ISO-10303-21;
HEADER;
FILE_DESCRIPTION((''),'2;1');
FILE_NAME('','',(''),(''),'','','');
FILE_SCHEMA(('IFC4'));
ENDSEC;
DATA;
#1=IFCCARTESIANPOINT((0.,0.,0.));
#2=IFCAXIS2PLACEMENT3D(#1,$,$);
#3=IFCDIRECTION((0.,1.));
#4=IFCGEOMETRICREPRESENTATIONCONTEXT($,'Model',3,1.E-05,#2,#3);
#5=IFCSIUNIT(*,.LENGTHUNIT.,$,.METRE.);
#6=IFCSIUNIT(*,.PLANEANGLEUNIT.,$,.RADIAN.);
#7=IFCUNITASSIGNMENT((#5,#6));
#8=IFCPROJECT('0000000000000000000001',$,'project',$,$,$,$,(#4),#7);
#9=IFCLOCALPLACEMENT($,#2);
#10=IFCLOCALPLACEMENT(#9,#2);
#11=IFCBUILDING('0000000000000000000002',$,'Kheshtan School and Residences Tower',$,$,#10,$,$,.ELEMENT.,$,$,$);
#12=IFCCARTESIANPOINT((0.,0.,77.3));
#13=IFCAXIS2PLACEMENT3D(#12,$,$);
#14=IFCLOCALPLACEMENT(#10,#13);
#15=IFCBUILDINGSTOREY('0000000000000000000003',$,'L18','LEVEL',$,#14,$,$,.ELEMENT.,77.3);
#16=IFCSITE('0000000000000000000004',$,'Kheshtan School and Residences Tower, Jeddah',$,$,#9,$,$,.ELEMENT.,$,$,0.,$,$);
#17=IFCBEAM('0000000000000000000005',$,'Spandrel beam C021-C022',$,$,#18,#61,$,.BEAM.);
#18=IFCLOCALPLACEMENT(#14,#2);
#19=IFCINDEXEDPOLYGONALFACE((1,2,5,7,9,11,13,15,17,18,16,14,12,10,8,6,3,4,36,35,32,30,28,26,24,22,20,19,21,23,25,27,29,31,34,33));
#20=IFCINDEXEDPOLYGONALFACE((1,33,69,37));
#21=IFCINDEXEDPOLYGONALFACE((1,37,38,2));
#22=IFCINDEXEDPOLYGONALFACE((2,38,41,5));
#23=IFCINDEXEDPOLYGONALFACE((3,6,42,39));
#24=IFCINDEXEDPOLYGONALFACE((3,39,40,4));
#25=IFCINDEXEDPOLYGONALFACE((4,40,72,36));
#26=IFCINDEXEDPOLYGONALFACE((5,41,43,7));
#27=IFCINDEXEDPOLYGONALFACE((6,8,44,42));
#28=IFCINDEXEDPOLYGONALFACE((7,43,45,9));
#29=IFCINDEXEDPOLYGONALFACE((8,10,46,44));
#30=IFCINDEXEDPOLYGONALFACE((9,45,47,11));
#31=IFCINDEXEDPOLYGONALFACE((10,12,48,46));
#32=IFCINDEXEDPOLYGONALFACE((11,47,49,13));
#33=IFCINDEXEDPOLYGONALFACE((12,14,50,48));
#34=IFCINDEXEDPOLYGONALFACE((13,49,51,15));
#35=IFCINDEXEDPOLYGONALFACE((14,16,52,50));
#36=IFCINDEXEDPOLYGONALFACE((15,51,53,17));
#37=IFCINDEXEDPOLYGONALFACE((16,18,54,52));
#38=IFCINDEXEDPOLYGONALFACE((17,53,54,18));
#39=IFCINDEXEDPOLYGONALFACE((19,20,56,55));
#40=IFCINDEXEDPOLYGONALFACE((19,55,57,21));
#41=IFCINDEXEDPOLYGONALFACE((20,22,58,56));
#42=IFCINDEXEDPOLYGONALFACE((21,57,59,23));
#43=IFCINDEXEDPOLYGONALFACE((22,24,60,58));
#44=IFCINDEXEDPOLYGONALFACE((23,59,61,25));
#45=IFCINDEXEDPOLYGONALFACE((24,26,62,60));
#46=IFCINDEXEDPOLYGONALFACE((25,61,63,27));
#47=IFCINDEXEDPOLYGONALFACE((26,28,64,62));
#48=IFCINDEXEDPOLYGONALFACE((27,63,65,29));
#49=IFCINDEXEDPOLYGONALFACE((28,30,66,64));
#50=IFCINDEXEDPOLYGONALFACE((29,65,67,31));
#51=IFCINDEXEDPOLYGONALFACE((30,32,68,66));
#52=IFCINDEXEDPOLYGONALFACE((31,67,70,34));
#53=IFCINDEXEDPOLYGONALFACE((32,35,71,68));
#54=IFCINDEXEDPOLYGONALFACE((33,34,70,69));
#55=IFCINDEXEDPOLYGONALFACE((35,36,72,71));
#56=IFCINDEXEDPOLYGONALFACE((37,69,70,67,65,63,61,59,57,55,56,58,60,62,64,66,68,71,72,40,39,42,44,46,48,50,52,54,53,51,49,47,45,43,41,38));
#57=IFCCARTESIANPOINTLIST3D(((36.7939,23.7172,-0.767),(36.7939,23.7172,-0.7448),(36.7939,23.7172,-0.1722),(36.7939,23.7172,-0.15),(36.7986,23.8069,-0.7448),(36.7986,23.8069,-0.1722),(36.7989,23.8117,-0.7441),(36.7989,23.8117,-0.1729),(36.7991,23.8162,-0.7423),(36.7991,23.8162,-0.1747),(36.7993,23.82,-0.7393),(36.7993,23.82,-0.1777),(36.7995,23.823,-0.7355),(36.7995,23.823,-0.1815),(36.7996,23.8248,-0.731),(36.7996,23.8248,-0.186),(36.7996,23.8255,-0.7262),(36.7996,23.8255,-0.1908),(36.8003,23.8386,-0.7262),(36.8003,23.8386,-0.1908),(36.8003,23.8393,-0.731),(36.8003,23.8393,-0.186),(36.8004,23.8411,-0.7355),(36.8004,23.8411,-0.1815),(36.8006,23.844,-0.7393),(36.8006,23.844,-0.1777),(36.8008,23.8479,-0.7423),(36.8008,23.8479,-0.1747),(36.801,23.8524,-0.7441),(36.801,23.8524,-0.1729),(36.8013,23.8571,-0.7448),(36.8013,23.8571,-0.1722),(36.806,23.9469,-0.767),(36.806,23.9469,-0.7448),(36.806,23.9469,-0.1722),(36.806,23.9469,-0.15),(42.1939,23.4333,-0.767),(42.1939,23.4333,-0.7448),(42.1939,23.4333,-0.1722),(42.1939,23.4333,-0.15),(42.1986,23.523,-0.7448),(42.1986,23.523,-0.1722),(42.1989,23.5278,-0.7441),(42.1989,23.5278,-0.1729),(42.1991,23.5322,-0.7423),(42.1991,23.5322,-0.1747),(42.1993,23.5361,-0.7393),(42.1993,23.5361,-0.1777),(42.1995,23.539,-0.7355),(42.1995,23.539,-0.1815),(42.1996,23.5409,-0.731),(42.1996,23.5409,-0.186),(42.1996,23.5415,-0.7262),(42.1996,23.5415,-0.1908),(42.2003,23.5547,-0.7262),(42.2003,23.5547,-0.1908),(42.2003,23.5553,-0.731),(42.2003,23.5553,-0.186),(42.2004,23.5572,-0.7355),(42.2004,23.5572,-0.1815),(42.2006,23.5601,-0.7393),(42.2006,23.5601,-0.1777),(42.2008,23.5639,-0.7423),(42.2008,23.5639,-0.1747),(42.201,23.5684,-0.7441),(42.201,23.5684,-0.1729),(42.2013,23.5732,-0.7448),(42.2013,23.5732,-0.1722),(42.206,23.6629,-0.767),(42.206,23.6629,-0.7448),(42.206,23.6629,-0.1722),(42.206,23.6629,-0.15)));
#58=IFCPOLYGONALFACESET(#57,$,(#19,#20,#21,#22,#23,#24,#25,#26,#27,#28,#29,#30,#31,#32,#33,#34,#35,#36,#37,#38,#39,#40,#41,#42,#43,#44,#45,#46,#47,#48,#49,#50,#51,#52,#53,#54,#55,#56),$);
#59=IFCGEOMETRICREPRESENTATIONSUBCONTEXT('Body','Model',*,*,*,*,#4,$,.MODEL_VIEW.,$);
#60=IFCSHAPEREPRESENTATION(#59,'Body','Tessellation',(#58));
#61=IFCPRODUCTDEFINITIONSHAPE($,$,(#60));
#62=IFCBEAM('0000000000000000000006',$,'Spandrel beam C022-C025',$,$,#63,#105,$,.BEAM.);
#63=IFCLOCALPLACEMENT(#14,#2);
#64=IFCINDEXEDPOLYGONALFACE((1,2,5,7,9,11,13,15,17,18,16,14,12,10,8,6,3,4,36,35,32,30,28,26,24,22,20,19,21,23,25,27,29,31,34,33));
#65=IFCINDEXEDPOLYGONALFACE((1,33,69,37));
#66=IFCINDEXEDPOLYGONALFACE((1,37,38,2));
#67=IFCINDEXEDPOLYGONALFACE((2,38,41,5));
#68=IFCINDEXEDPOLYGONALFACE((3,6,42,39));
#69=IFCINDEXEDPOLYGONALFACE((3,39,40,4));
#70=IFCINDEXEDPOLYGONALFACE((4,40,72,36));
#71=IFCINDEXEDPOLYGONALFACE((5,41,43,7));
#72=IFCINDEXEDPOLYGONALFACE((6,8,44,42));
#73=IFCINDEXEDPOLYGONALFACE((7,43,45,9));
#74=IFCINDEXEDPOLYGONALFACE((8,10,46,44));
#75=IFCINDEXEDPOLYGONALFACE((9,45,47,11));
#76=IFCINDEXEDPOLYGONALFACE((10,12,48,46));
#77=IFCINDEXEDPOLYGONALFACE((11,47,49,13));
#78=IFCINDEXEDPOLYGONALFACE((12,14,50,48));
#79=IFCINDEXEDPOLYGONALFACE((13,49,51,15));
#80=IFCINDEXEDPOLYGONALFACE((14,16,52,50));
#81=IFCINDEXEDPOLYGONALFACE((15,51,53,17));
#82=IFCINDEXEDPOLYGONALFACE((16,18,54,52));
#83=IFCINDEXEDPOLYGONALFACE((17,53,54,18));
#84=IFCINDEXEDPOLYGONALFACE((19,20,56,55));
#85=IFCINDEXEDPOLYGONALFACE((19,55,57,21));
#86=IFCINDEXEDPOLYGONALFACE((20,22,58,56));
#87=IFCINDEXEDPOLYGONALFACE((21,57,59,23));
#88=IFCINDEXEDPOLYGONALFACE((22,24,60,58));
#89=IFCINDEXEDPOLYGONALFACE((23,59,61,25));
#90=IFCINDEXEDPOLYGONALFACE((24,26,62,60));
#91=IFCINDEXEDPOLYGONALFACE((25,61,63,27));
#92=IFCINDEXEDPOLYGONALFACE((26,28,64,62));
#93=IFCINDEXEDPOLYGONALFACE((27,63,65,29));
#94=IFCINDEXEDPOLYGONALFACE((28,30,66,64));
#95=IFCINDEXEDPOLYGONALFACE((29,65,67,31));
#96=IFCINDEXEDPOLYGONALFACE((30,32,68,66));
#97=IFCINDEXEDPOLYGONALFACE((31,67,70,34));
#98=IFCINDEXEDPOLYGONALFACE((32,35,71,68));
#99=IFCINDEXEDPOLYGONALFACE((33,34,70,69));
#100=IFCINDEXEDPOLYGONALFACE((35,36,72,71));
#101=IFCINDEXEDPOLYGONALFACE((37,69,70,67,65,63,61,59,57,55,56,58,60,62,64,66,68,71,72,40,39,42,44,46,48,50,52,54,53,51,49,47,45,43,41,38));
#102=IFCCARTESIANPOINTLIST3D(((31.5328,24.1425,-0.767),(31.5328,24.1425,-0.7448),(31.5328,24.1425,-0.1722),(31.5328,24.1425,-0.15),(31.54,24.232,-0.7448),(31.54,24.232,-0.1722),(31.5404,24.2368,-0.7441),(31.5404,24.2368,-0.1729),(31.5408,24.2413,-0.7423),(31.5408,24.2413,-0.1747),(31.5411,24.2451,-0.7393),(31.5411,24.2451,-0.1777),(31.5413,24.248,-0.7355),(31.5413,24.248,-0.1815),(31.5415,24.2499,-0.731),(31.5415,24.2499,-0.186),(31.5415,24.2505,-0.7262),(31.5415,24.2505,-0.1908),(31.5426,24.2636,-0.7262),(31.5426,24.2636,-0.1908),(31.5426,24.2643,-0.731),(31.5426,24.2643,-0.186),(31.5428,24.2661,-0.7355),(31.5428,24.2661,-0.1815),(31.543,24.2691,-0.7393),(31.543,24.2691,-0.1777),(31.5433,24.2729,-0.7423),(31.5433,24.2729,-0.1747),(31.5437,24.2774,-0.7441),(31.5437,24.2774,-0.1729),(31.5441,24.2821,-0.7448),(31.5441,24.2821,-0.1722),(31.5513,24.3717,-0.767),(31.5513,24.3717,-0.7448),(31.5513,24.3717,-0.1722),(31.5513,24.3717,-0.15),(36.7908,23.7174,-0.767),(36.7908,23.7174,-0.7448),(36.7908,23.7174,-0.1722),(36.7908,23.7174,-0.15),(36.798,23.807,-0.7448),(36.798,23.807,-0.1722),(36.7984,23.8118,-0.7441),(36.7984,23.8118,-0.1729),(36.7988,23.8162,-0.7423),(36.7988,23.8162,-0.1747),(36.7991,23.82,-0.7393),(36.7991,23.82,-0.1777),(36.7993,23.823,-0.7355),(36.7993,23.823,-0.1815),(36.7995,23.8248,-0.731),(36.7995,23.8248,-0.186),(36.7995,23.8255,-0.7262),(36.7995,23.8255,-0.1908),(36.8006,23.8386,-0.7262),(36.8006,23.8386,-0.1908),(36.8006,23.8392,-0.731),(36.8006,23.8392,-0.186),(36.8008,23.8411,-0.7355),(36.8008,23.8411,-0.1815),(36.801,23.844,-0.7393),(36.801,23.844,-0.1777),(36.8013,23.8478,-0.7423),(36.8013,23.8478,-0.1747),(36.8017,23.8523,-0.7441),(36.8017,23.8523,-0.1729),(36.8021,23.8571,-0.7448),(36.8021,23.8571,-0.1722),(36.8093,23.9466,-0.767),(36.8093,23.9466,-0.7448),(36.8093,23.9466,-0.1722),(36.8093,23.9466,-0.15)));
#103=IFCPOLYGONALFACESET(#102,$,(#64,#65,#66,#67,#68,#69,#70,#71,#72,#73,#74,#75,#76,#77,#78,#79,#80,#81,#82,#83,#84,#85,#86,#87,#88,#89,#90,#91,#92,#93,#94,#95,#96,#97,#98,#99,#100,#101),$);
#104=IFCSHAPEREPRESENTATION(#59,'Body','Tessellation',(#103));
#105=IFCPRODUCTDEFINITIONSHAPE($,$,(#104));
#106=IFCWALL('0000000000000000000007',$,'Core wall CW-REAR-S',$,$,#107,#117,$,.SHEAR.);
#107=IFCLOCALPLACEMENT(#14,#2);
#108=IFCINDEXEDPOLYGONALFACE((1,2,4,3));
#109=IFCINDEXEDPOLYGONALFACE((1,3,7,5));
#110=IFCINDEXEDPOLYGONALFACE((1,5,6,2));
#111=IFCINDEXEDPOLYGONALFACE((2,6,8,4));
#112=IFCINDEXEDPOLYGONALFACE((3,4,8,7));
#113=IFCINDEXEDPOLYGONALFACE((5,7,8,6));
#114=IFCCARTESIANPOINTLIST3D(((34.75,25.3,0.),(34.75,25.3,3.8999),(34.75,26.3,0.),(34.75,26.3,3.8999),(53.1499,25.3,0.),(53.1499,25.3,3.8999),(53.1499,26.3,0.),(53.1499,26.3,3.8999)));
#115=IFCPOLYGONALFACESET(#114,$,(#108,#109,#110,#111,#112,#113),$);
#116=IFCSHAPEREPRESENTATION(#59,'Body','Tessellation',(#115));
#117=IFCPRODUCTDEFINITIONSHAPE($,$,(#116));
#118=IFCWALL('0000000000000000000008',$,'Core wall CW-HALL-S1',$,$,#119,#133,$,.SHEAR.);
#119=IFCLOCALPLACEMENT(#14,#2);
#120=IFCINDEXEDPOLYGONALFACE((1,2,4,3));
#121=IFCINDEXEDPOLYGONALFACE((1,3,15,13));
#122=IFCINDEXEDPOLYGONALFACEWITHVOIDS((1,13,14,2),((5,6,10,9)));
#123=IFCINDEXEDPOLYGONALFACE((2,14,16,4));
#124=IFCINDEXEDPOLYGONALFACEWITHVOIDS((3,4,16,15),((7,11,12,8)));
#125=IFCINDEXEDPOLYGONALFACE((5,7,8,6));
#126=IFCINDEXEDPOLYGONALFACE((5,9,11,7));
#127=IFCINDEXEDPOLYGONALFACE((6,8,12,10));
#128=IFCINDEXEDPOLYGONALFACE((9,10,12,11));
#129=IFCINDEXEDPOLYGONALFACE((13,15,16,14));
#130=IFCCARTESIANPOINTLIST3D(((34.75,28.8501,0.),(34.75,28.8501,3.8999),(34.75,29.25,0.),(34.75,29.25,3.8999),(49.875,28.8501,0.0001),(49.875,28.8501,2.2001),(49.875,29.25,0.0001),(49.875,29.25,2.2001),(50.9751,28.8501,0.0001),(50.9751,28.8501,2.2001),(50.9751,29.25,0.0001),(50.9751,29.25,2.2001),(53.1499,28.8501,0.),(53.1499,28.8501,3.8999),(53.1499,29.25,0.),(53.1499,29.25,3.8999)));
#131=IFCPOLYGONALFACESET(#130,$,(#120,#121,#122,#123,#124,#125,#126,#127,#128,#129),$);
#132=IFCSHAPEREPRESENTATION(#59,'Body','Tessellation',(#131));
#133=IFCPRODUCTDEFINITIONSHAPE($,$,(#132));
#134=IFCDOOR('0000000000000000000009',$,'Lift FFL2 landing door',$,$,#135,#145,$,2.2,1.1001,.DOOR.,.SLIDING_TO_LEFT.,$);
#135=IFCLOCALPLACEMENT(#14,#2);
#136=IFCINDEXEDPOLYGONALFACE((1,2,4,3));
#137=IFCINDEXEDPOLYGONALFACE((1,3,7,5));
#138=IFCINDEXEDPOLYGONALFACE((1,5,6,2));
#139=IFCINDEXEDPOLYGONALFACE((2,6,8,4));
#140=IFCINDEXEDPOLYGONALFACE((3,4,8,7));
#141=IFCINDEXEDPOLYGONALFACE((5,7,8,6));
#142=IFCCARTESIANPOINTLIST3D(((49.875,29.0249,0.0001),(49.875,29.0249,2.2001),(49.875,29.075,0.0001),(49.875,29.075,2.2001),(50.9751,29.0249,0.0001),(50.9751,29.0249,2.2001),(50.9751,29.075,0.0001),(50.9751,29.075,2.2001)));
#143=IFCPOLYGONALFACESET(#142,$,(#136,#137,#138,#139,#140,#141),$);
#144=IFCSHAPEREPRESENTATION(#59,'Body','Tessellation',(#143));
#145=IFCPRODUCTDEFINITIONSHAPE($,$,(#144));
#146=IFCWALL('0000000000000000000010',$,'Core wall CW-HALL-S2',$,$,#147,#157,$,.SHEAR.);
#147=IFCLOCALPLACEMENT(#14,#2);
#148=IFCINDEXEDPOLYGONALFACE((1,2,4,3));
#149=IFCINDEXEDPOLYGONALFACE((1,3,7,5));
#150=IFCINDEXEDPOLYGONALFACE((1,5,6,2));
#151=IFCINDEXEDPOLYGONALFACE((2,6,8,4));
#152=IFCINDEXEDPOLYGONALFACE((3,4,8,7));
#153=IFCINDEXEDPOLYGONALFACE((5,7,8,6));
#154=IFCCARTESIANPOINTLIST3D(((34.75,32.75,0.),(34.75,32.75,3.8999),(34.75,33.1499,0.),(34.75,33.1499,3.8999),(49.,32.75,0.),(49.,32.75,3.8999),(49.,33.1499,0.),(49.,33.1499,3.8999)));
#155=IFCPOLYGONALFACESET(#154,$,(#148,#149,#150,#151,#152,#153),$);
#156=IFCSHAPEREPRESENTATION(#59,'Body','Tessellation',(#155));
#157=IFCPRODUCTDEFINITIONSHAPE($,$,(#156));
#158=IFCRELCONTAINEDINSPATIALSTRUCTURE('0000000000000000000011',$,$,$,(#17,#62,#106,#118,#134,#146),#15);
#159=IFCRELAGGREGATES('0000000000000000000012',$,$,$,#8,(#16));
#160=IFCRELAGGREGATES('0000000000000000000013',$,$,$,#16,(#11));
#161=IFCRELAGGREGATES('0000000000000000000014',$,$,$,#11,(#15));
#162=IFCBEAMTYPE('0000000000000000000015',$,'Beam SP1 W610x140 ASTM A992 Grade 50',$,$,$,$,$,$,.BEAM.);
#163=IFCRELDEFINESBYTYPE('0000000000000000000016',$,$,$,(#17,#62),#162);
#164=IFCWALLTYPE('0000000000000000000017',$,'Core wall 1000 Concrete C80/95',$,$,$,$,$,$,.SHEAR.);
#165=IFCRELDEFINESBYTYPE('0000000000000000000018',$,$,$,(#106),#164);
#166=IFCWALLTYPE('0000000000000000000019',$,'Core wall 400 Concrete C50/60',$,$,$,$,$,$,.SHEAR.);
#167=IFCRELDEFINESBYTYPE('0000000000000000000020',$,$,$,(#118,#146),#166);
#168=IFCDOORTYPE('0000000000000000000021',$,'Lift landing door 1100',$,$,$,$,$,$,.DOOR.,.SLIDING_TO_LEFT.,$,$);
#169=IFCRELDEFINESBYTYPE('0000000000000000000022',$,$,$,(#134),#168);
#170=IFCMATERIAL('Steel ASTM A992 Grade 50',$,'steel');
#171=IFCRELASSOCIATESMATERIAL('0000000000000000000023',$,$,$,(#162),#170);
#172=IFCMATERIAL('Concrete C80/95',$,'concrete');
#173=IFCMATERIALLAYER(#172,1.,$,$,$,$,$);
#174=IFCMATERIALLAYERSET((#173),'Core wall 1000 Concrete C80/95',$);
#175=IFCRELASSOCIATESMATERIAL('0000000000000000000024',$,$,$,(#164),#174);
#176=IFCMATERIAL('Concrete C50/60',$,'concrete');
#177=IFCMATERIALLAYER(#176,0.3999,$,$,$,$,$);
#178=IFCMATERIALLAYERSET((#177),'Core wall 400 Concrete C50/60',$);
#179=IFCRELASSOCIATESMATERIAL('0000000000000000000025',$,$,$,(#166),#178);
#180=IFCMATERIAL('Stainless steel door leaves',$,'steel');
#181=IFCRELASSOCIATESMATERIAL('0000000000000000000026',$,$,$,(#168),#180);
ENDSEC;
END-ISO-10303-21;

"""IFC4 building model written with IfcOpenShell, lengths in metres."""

from ifc_helpers import new_model, si_unit, direction, frame, frame_2d, origin, origin_2d, place, context, subcontext, project, spatial, rectangle, i_section, extrude, source, transform, mapped, material, layer, layer_set, material_profile, profile_set, type_object, element, fill, save


model = new_model("IFC4")

# Units and contexts
model_context = context("Model", 3, precision=1e-05, world=origin(), true_north=direction((0.0, 1.0)))
body_context = subcontext(model_context, "Body", "Model", "MODEL_VIEW")
ifc_project = project(units=[si_unit("LENGTHUNIT", "METRE"), si_unit("PLANEANGLEUNIT", "RADIAN")], contexts=[model_context])

# Site, building, storey
site_placement = place(None, origin())
site = spatial("IfcSite", under=ifc_project, at=site_placement, Name="Kheshtan School and Residences Tower, Jeddah", CompositionType="ELEMENT", RefElevation=0.0)
building_placement = place(site_placement, origin())
building = spatial("IfcBuilding", under=site, at=building_placement, Name="Kheshtan School and Residences Tower", CompositionType="ELEMENT")
storey_placement = place(building_placement, frame((0.0, 0.0, 77.3)))
storey = spatial("IfcBuildingStorey", under=building, at=storey_placement, Name="L18", Description="LEVEL", CompositionType="ELEMENT", Elevation=77.3)

# Shared definitions
ifc_material_1 = material(Name="Steel ASTM A992 Grade 50", Category="steel")

# Beams
ifc_material_profile_1 = material_profile(ifc_material_1, i_section(OverallWidth=0.23, OverallDepth=0.6169, WebThickness=0.0132, FlangeThickness=0.0222, FilletRadius=0.0186, at=origin_2d()), Name="W610x140")
ifc_profile_set_1 = profile_set([ifc_material_profile_1], Name="Steel ASTM A992 Grade 50")
beam_type_1 = type_object("IfcBeamType", Name="Beam SP1 W610x140 ASTM A992 Grade 50", PredefinedType="BEAM", material=ifc_profile_set_1)
beam_1_placement = place(storey_placement, frame((42.2, 23.5481, -0.4585), z_axis=(-0.99862, 0.052509, 0.0), x_axis=(-0.052509, -0.99862, 0.0)))
element("IfcBeam", 1, at=beam_1_placement, inside=storey, type_object=beam_type_1, Name="Spandrel beam C021-C022", PredefinedType="BEAM", context=body_context, shape_type="SweptSolid", body=[
    extrude(i_section(OverallWidth=0.23, OverallDepth=0.6169, WebThickness=0.0132, FlangeThickness=0.0222, FilletRadius=0.0186, at=origin_2d()), origin(), (0.0, 0.0, 1.0), 5.4075),
])
beam_2_placement = place(storey_placement, frame((36.8, 23.832, -0.4585), z_axis=(-0.996749, 0.080575, 0.0), x_axis=(-0.080575, -0.996749, 0.0)))
element("IfcBeam", 2, at=beam_2_placement, inside=storey, type_object=beam_type_1, Name="Spandrel beam C022-C025", PredefinedType="BEAM", context=body_context, shape_type="SweptSolid", body=[
    extrude(i_section(OverallWidth=0.23, OverallDepth=0.6169, WebThickness=0.0132, FlangeThickness=0.0222, FilletRadius=0.0186, at=origin_2d()), origin(), (0.0, 0.0, 1.0), 5.2751),
])

# Wall
ifc_material_2 = material(Name="Concrete C80/95", Category="concrete")
ifc_layer_1 = layer(ifc_material_2, 1.0)
ifc_layer_set_1 = layer_set([ifc_layer_1], Name="Core wall 1000 Concrete C80/95")
wall_type_1 = type_object("IfcWallType", Name="Core wall 1000 Concrete C80/95", PredefinedType="SHEAR", material=ifc_layer_set_1)
wall_1_placement = place(storey_placement, frame((34.75, 25.8, 0.0), z_axis=(0.0, 0.0, 1.0), x_axis=(1.0, 0.0, 0.0)))
element("IfcWall", 3, at=wall_1_placement, inside=storey, type_object=wall_type_1, Name="Core wall CW-REAR-S", PredefinedType="SHEAR", context=body_context, shape_type="SweptSolid", body=[
    extrude(rectangle(XDim=18.3999, YDim=1.0, at=frame_2d((9.2, 0.0))), origin(), (0.0, 0.0, 1.0), 3.8999),
])

# Wall, opening, door
ifc_material_3 = material(Name="Concrete C50/60", Category="concrete")
ifc_layer_2 = layer(ifc_material_3, 0.3999)
ifc_layer_set_2 = layer_set([ifc_layer_2], Name="Core wall 400 Concrete C50/60")
wall_type_2 = type_object("IfcWallType", Name="Core wall 400 Concrete C50/60", PredefinedType="SHEAR", material=ifc_layer_set_2)
wall_2_placement = place(storey_placement, frame((34.75, 29.05, 0.0), z_axis=(0.0, 0.0, 1.0), x_axis=(1.0, 0.0, 0.0)))
wall_2 = element("IfcWall", 4, at=wall_2_placement, inside=storey, type_object=wall_type_2, Name="Core wall CW-HALL-S1", PredefinedType="SHEAR", context=body_context, shape_type="SweptSolid", body=[
    extrude(rectangle(XDim=18.3999, YDim=0.3999, at=frame_2d((9.2, 0.0))), origin(), (0.0, 0.0, 1.0), 3.8999),
])
opening_1_placement = place(wall_2_placement, frame((15.125, 0.0, 0.0)))
opening_1 = element("IfcOpeningElement", 5, at=opening_1_placement, cuts=wall_2, PredefinedType="OPENING", context=body_context, shape_type="SweptSolid", body=[
    extrude(rectangle(XDim=1.1001, YDim=2.2, at=frame_2d((0.55, 1.1001))), frame((0.0, 0.21, 0.0), z_axis=(0.0, -1.0, 0.0), x_axis=(1.0, 0.0, 0.0)), (0.0, 0.0, 1.0), 0.4199),
])
ifc_material_4 = material(Name="Stainless steel door leaves", Category="steel")
door_type_1 = type_object("IfcDoorType", Name="Lift landing door 1100", OperationType="SLIDING_TO_LEFT", PredefinedType="DOOR", material=ifc_material_4)
shared_shape_1 = source(origin(), body_context, "Body", "SweptSolid", [
    extrude(rectangle(XDim=1.1001, YDim=2.2, at=frame_2d((0.55, 1.1001))), frame((0.0, 0.0249, 0.0), z_axis=(0.0, -1.0, 0.0), x_axis=(1.0, 0.0, 0.0)), (0.0, 0.0, 1.0), 0.05),
])
door_1_placement = place(opening_1_placement, origin())
door_1 = element("IfcDoor", 6, at=door_1_placement, inside=storey, type_object=door_type_1, Name="Lift FFL2 landing door", OperationType="SLIDING_TO_LEFT", OverallHeight=2.2, OverallWidth=1.1001, PredefinedType="DOOR", context=body_context, shape_type="MappedRepresentation", body=[
    mapped(shared_shape_1, transform((0.0, 0.0, 0.0), x_axis=(1.0, 0.0, 0.0), y_axis=(0.0, 1.0, 0.0), z_axis=(0.0, 0.0, 1.0), scale=1.0)),
])
fill(opening_1, door_1)

# Wall
wall_3_placement = place(storey_placement, frame((34.75, 32.95, 0.0), z_axis=(0.0, 0.0, 1.0), x_axis=(1.0, 0.0, 0.0)))
element("IfcWall", 7, at=wall_3_placement, inside=storey, type_object=wall_type_2, Name="Core wall CW-HALL-S2", PredefinedType="SHEAR", context=body_context, shape_type="SweptSolid", body=[
    extrude(rectangle(XDim=14.25, YDim=0.3999, at=frame_2d((7.125, 0.0))), origin(), (0.0, 0.0, 1.0), 3.8999),
])

save(model, "model.ifc")
